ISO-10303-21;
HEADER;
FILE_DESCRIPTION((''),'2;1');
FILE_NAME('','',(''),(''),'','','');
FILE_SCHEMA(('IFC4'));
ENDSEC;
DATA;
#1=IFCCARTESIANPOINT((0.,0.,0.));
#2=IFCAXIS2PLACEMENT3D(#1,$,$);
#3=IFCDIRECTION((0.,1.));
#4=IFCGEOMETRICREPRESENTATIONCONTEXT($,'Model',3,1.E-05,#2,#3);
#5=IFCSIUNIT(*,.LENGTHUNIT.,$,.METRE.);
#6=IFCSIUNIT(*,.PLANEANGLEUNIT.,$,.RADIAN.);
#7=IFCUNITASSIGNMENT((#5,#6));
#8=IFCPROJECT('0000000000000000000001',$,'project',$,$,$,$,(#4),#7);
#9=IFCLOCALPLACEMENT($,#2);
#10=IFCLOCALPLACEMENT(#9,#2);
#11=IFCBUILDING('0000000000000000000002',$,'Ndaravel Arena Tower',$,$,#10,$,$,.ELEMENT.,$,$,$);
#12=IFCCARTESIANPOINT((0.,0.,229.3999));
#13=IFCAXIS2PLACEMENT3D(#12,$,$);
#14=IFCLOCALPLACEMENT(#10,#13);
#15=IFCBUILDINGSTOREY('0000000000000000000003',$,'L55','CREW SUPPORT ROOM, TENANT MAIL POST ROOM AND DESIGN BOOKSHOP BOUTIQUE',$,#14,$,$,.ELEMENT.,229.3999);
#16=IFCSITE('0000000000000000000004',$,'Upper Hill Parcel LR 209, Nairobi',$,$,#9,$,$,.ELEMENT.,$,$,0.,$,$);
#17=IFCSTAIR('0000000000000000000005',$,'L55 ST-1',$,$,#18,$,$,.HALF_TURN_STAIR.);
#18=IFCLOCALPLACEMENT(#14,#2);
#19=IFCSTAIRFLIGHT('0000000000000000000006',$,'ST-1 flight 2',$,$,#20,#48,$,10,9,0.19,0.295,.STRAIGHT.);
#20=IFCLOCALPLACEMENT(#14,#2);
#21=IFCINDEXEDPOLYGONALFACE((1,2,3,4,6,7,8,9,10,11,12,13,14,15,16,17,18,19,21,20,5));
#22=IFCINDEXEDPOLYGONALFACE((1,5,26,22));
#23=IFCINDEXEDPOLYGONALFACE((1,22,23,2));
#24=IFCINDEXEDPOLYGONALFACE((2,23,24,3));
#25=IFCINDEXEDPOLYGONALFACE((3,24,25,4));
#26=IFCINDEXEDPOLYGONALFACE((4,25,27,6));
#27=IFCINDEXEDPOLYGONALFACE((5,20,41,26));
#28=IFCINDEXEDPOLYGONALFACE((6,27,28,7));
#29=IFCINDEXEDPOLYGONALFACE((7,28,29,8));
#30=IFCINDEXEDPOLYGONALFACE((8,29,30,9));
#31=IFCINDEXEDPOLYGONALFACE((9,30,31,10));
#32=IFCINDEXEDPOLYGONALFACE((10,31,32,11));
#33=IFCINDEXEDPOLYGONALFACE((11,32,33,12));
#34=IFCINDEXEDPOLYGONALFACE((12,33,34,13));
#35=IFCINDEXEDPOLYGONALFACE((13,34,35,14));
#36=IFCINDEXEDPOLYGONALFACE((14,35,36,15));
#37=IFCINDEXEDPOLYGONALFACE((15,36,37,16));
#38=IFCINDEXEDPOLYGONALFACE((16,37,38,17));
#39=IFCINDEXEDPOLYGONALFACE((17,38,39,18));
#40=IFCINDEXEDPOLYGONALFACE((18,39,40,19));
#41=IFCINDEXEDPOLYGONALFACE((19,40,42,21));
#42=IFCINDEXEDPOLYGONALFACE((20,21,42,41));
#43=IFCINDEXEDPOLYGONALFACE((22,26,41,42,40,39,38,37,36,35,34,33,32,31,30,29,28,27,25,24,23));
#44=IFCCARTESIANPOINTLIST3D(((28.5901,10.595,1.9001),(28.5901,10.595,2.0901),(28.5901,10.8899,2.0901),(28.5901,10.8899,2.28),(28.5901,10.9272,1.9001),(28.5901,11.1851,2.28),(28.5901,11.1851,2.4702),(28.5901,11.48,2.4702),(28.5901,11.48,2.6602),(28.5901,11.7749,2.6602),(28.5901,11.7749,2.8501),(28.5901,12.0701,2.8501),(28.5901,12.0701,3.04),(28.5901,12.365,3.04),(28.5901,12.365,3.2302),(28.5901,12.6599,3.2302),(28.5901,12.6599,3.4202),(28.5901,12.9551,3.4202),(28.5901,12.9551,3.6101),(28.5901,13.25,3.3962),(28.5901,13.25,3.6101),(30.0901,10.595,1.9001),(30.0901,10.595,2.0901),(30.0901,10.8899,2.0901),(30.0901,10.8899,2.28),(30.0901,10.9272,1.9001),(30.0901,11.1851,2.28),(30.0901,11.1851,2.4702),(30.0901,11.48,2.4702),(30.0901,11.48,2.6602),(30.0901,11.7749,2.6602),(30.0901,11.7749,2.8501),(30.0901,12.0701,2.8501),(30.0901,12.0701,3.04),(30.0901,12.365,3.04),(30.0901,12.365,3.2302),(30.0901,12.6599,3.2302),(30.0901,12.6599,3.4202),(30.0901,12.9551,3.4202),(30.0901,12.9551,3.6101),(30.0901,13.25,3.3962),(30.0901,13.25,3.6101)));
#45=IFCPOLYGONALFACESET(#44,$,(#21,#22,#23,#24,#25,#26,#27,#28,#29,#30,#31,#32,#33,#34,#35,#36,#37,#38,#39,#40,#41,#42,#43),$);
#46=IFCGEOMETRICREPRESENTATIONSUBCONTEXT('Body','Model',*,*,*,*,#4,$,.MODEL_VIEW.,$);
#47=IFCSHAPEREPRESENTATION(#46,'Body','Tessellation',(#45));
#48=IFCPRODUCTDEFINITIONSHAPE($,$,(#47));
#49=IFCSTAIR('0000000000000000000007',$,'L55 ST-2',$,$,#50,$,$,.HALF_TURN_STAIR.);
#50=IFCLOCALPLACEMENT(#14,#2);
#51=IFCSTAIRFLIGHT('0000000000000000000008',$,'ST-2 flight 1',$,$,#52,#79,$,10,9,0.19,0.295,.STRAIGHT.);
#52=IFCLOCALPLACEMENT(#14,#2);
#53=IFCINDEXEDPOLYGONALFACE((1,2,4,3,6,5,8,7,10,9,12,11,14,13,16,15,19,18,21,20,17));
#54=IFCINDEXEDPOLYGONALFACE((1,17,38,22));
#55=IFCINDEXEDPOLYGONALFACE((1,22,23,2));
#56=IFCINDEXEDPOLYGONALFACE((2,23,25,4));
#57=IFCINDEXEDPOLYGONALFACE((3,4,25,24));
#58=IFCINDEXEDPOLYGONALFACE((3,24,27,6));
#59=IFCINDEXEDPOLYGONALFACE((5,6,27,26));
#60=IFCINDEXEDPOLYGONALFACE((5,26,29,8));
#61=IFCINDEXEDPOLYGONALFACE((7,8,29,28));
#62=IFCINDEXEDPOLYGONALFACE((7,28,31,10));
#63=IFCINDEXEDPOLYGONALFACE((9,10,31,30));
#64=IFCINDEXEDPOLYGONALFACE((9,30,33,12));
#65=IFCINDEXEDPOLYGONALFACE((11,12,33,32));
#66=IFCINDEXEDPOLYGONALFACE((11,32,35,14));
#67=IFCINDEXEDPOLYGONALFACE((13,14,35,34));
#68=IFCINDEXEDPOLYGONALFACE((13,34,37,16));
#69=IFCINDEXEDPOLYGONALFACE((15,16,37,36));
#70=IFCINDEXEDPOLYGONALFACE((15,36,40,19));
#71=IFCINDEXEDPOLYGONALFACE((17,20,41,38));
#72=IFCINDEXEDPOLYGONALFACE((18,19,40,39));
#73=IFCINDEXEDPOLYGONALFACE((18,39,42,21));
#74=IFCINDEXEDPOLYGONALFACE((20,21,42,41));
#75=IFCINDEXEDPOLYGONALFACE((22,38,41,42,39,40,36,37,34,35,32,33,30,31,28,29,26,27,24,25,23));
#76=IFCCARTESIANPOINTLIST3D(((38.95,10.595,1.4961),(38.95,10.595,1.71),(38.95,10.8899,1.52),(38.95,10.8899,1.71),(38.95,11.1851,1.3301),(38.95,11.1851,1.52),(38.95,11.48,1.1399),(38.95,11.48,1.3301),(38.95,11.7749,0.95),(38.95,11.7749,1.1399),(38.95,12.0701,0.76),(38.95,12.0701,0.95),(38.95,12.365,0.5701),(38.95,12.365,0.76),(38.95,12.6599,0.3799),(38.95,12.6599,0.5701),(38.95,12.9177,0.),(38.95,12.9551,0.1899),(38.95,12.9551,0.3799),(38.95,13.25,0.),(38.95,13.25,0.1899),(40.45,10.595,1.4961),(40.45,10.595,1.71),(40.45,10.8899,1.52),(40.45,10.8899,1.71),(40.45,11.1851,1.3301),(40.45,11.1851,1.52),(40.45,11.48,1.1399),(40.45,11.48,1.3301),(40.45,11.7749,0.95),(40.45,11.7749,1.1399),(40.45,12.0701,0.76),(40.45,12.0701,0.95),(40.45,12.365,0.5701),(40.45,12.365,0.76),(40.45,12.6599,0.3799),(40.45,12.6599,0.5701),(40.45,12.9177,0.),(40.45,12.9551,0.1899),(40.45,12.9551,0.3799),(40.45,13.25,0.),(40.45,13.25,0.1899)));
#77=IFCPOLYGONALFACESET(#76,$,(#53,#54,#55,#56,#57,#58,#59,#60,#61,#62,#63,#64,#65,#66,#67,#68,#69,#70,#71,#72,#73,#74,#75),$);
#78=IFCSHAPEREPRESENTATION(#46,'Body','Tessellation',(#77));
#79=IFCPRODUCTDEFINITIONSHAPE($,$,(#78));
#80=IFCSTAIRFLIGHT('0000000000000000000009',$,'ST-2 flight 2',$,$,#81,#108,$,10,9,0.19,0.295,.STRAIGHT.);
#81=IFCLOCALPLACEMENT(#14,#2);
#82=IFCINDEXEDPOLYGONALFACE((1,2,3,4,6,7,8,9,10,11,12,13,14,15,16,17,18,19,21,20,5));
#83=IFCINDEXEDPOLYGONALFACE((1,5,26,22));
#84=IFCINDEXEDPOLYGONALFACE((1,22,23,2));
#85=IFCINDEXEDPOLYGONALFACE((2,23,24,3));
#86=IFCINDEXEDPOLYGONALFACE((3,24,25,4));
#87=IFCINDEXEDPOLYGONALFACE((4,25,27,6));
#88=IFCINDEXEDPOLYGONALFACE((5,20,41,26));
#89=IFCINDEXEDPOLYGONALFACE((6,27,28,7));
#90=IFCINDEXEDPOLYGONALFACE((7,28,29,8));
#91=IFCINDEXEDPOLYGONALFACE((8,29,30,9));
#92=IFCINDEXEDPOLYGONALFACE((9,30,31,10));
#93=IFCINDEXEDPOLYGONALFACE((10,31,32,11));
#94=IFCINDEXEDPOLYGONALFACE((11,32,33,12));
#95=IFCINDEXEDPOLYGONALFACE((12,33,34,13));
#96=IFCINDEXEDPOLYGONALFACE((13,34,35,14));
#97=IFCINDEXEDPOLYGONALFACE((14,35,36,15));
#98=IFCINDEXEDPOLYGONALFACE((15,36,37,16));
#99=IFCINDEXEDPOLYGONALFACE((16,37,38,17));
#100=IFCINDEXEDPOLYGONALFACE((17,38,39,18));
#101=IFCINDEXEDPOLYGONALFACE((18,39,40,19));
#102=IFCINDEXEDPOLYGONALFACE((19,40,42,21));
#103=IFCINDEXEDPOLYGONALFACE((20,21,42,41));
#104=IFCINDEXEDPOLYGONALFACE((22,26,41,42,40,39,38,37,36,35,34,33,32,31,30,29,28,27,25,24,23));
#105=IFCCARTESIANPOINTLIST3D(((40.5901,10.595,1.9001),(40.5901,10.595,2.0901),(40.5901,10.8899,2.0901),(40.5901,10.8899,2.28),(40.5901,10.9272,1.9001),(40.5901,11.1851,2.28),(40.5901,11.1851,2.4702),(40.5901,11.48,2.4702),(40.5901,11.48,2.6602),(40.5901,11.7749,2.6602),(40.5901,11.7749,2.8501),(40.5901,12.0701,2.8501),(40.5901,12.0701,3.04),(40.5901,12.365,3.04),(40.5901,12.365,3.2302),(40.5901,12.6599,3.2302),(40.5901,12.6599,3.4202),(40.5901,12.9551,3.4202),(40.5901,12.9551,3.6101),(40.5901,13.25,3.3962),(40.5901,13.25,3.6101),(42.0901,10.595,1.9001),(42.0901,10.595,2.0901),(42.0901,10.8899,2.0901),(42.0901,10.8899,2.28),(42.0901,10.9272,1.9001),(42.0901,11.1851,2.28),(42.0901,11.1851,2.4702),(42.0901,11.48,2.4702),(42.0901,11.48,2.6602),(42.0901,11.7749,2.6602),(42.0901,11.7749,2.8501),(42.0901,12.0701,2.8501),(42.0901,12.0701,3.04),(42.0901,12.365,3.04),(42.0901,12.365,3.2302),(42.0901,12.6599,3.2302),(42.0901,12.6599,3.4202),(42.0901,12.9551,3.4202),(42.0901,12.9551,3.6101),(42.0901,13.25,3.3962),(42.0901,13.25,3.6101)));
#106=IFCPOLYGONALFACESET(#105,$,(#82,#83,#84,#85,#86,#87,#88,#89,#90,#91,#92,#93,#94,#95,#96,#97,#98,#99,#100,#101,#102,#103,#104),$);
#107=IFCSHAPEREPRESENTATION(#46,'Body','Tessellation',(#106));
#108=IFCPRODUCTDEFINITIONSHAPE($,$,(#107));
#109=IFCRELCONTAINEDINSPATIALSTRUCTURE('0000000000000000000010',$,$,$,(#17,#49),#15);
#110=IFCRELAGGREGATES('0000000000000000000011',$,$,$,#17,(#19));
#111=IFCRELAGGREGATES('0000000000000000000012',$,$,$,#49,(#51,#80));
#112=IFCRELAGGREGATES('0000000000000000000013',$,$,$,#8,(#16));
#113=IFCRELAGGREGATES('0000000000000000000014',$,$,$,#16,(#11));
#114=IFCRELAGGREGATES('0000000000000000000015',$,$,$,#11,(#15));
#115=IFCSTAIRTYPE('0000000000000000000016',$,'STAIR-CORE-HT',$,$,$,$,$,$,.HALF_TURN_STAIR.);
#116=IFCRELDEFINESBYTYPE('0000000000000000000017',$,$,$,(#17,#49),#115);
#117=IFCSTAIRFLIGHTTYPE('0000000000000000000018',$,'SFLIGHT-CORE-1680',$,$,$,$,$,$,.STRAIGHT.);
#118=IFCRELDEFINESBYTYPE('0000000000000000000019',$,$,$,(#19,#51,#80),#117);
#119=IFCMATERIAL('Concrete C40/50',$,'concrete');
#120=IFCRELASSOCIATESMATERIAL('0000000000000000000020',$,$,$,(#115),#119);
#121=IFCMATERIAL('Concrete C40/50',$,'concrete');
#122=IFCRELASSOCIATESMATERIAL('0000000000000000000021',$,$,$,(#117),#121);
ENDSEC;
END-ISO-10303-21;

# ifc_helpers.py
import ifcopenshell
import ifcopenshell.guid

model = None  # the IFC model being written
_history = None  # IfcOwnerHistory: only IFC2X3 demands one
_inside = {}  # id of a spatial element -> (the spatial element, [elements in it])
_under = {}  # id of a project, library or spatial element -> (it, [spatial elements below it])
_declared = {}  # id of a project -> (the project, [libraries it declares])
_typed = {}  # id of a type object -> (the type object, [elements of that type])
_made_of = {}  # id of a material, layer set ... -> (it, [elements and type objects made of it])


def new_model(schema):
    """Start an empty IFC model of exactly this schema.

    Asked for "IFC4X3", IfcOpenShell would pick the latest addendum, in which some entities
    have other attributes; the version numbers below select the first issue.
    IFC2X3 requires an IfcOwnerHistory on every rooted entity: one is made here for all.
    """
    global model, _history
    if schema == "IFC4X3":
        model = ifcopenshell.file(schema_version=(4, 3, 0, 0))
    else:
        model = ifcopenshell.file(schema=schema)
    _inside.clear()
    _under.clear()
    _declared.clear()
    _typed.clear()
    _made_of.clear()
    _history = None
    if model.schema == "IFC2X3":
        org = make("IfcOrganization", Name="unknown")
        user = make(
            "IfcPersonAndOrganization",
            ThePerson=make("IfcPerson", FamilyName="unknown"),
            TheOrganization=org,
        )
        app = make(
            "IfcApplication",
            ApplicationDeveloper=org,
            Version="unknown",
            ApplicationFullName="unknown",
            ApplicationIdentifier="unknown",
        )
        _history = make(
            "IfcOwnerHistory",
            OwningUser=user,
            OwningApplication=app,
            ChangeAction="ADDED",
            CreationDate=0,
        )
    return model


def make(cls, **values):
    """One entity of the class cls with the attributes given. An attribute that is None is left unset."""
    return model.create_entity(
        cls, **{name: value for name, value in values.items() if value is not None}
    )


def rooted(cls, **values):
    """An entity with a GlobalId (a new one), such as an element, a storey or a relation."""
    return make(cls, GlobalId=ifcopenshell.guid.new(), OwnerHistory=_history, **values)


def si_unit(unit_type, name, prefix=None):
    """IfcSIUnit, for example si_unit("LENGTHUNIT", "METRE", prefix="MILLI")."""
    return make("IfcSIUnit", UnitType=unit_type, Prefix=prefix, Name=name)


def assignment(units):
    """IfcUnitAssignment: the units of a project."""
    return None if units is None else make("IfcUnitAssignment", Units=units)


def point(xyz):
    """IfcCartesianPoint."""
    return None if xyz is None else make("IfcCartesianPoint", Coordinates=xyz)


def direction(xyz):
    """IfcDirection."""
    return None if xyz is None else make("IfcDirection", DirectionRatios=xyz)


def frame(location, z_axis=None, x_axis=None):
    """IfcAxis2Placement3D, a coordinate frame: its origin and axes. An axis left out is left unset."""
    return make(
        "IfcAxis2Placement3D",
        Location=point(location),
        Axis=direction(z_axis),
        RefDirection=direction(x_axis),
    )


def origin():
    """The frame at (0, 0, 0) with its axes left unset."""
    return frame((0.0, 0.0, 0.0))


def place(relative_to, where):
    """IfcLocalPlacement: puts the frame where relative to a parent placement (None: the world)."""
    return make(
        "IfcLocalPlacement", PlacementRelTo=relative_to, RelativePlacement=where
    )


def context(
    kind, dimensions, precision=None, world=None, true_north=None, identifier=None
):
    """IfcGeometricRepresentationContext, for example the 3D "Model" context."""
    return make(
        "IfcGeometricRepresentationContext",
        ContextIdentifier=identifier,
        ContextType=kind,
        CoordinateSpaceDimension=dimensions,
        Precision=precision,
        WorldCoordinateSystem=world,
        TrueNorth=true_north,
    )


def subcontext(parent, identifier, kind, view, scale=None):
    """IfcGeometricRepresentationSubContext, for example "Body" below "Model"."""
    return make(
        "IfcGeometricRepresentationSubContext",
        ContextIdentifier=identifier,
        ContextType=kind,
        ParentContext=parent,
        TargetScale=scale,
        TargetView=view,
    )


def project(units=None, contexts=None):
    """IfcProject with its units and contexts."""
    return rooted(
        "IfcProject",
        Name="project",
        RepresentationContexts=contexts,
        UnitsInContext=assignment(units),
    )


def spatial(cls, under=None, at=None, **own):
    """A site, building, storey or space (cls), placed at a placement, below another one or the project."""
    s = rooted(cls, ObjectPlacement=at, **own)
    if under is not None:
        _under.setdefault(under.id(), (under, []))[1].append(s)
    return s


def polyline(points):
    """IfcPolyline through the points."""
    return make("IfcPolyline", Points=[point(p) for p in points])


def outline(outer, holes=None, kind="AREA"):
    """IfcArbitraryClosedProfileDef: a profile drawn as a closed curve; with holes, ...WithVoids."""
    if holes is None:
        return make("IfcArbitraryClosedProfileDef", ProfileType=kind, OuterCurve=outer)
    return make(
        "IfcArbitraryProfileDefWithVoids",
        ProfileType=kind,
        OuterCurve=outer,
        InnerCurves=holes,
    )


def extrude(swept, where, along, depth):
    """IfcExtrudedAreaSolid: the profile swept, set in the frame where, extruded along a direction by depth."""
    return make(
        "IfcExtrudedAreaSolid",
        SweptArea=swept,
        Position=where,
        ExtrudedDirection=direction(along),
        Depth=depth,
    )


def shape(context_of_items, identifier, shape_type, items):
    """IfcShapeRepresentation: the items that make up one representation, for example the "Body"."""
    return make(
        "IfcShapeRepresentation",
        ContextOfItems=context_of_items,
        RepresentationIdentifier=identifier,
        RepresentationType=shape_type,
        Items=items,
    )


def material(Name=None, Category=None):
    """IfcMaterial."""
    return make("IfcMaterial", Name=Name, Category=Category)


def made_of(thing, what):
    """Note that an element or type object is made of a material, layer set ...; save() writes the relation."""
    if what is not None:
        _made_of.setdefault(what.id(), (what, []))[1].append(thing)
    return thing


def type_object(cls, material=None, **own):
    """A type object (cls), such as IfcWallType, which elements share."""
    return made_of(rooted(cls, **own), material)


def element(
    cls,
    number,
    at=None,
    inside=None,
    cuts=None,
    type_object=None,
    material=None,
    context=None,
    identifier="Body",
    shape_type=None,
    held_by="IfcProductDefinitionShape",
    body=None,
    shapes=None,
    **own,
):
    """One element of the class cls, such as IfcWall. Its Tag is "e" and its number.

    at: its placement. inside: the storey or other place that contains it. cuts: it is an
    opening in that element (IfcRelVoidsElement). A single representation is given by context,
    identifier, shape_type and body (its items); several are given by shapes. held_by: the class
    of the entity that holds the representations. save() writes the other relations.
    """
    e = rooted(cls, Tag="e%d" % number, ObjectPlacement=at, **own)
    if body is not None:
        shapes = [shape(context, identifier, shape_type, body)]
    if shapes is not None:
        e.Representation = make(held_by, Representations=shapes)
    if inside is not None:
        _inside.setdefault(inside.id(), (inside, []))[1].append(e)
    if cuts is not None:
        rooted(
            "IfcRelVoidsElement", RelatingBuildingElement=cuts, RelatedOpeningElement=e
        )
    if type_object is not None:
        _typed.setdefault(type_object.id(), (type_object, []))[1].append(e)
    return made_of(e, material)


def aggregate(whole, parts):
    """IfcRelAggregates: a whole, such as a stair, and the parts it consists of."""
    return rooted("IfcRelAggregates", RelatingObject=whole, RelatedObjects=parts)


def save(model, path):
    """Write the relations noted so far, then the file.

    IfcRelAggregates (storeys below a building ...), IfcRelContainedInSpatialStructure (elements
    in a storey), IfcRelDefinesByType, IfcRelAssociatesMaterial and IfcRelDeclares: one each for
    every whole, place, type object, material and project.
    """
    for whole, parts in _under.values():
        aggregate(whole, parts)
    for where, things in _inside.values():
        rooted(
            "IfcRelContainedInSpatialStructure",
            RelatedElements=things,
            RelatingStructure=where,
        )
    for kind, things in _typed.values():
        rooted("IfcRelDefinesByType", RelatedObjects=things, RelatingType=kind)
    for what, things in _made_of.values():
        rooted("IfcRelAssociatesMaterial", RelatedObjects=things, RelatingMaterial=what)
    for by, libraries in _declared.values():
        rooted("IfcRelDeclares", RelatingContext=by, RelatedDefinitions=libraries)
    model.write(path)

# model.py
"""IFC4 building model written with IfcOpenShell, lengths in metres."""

from ifc_helpers import new_model, si_unit, direction, frame, origin, place, context, subcontext, project, spatial, polyline, outline, extrude, material, type_object, element, aggregate, save


model = new_model("IFC4")

# Units and contexts
model_context = context("Model", 3, precision=1e-05, world=origin(), true_north=direction((0.0, 1.0)))
body_context = subcontext(model_context, "Body", "Model", "MODEL_VIEW")
ifc_project = project(units=[si_unit("LENGTHUNIT", "METRE"), si_unit("PLANEANGLEUNIT", "RADIAN")], contexts=[model_context])

# Site, building, storey
site_placement = place(None, origin())
site = spatial("IfcSite", under=ifc_project, at=site_placement, Name="Upper Hill Parcel LR 209, Nairobi", CompositionType="ELEMENT", RefElevation=0.0)
building_placement = place(site_placement, origin())
building = spatial("IfcBuilding", under=site, at=building_placement, Name="Ndaravel Arena Tower", CompositionType="ELEMENT")
storey_placement = place(building_placement, frame((0.0, 0.0, 229.3999)))
storey = spatial("IfcBuildingStorey", under=building, at=storey_placement, Name="L55", Description="CREW SUPPORT ROOM, TENANT MAIL POST ROOM AND DESIGN BOOKSHOP BOUTIQUE", CompositionType="ELEMENT", Elevation=229.3999)

# Stairs, stair flights
ifc_material_1 = material(Name="Concrete C40/50", Category="concrete")
stair_type = type_object("IfcStairType", Name="STAIR-CORE-HT", PredefinedType="HALF_TURN_STAIR", material=ifc_material_1)
stair_1_placement = place(storey_placement, origin())
stair_1 = element("IfcStair", 1, at=stair_1_placement, inside=storey, type_object=stair_type, Name="L55 ST-1", PredefinedType="HALF_TURN_STAIR")
ifc_material_2 = material(Name="Concrete C40/50", Category="concrete")
stair_flight_type = type_object("IfcStairFlightType", Name="SFLIGHT-CORE-1680", PredefinedType="STRAIGHT", material=ifc_material_2)
stair_flight_1_placement = place(storey_placement, frame((29.3401, 10.595, 1.9001), z_axis=(0.0, 0.0, 1.0), x_axis=(0.0, 1.0, 0.0)))
stair_flight_1 = element("IfcStairFlight", 2, at=stair_flight_1_placement, type_object=stair_flight_type, Name="ST-1 flight 2", NumberOfRisers=10, NumberOfTreads=9, PredefinedType="STRAIGHT", RiserHeight=0.19, TreadLength=0.295, context=body_context, shape_type="SweptSolid", body=[
    extrude(outline(polyline([(0.0, 0.0), (0.0, 0.1899), (0.2949, 0.1899), (0.2949, 0.3799), (0.5901, 0.3799), (0.5901, 0.5701), (0.885, 0.5701), (0.885, 0.76), (1.1799, 0.76), (1.1799, 0.95), (1.4751, 0.95), (1.4751, 1.1399), (1.77, 1.1399), (1.77, 1.3301), (2.0649, 1.3301), (2.0649, 1.52), (2.3601, 1.52), (2.3601, 1.71), (2.655, 1.71), (2.655, 1.8999), (2.655, 1.4961), (0.3323, 0.0), (0.0, 0.0)])), frame((0.0, 0.75, 0.0), z_axis=(0.0, -1.0, 0.0), x_axis=(1.0, 0.0, 0.0)), (0.0, 0.0, 1.0), 1.5),
])
aggregate(stair_1, [stair_flight_1])
stair_2_placement = place(storey_placement, origin())
stair_2 = element("IfcStair", 3, at=stair_2_placement, inside=storey, type_object=stair_type, Name="L55 ST-2", PredefinedType="HALF_TURN_STAIR")
stair_flight_2_placement = place(storey_placement, frame((39.7, 13.25, 0.0), z_axis=(0.0, 0.0, 1.0), x_axis=(0.0, -1.0, 0.0)))
stair_flight_2 = element("IfcStairFlight", 4, at=stair_flight_2_placement, type_object=stair_flight_type, Name="ST-2 flight 1", NumberOfRisers=10, NumberOfTreads=9, PredefinedType="STRAIGHT", RiserHeight=0.19, TreadLength=0.295, context=body_context, shape_type="SweptSolid", body=[
    extrude(outline(polyline([(0.0, 0.0), (0.0, 0.1899), (0.2949, 0.1899), (0.2949, 0.3799), (0.5901, 0.3799), (0.5901, 0.5701), (0.885, 0.5701), (0.885, 0.76), (1.1799, 0.76), (1.1799, 0.95), (1.4751, 0.95), (1.4751, 1.1399), (1.77, 1.1399), (1.77, 1.3301), (2.0649, 1.3301), (2.0649, 1.52), (2.3601, 1.52), (2.3601, 1.71), (2.655, 1.71), (2.655, 1.8999), (2.655, 1.4961), (0.3323, 0.0), (0.0, 0.0)])), frame((0.0, 0.75, 0.0), z_axis=(0.0, -1.0, 0.0), x_axis=(1.0, 0.0, 0.0)), (0.0, 0.0, 1.0), 1.5),
])
stair_flight_3_placement = place(storey_placement, frame((41.3401, 10.595, 1.9001), z_axis=(0.0, 0.0, 1.0), x_axis=(0.0, 1.0, 0.0)))
stair_flight_3 = element("IfcStairFlight", 5, at=stair_flight_3_placement, type_object=stair_flight_type, Name="ST-2 flight 2", NumberOfRisers=10, NumberOfTreads=9, PredefinedType="STRAIGHT", RiserHeight=0.19, TreadLength=0.295, context=body_context, shape_type="SweptSolid", body=[
    extrude(outline(polyline([(0.0, 0.0), (0.0, 0.1899), (0.2949, 0.1899), (0.2949, 0.3799), (0.5901, 0.3799), (0.5901, 0.5701), (0.885, 0.5701), (0.885, 0.76), (1.1799, 0.76), (1.1799, 0.95), (1.4751, 0.95), (1.4751, 1.1399), (1.77, 1.1399), (1.77, 1.3301), (2.0649, 1.3301), (2.0649, 1.52), (2.3601, 1.52), (2.3601, 1.71), (2.655, 1.71), (2.655, 1.8999), (2.655, 1.4961), (0.3323, 0.0), (0.0, 0.0)])), frame((0.0, 0.75, 0.0), z_axis=(0.0, -1.0, 0.0), x_axis=(1.0, 0.0, 0.0)), (0.0, 0.0, 1.0), 1.5),
])
aggregate(stair_2, [stair_flight_2, stair_flight_3])

save(model, "model.ifc")
